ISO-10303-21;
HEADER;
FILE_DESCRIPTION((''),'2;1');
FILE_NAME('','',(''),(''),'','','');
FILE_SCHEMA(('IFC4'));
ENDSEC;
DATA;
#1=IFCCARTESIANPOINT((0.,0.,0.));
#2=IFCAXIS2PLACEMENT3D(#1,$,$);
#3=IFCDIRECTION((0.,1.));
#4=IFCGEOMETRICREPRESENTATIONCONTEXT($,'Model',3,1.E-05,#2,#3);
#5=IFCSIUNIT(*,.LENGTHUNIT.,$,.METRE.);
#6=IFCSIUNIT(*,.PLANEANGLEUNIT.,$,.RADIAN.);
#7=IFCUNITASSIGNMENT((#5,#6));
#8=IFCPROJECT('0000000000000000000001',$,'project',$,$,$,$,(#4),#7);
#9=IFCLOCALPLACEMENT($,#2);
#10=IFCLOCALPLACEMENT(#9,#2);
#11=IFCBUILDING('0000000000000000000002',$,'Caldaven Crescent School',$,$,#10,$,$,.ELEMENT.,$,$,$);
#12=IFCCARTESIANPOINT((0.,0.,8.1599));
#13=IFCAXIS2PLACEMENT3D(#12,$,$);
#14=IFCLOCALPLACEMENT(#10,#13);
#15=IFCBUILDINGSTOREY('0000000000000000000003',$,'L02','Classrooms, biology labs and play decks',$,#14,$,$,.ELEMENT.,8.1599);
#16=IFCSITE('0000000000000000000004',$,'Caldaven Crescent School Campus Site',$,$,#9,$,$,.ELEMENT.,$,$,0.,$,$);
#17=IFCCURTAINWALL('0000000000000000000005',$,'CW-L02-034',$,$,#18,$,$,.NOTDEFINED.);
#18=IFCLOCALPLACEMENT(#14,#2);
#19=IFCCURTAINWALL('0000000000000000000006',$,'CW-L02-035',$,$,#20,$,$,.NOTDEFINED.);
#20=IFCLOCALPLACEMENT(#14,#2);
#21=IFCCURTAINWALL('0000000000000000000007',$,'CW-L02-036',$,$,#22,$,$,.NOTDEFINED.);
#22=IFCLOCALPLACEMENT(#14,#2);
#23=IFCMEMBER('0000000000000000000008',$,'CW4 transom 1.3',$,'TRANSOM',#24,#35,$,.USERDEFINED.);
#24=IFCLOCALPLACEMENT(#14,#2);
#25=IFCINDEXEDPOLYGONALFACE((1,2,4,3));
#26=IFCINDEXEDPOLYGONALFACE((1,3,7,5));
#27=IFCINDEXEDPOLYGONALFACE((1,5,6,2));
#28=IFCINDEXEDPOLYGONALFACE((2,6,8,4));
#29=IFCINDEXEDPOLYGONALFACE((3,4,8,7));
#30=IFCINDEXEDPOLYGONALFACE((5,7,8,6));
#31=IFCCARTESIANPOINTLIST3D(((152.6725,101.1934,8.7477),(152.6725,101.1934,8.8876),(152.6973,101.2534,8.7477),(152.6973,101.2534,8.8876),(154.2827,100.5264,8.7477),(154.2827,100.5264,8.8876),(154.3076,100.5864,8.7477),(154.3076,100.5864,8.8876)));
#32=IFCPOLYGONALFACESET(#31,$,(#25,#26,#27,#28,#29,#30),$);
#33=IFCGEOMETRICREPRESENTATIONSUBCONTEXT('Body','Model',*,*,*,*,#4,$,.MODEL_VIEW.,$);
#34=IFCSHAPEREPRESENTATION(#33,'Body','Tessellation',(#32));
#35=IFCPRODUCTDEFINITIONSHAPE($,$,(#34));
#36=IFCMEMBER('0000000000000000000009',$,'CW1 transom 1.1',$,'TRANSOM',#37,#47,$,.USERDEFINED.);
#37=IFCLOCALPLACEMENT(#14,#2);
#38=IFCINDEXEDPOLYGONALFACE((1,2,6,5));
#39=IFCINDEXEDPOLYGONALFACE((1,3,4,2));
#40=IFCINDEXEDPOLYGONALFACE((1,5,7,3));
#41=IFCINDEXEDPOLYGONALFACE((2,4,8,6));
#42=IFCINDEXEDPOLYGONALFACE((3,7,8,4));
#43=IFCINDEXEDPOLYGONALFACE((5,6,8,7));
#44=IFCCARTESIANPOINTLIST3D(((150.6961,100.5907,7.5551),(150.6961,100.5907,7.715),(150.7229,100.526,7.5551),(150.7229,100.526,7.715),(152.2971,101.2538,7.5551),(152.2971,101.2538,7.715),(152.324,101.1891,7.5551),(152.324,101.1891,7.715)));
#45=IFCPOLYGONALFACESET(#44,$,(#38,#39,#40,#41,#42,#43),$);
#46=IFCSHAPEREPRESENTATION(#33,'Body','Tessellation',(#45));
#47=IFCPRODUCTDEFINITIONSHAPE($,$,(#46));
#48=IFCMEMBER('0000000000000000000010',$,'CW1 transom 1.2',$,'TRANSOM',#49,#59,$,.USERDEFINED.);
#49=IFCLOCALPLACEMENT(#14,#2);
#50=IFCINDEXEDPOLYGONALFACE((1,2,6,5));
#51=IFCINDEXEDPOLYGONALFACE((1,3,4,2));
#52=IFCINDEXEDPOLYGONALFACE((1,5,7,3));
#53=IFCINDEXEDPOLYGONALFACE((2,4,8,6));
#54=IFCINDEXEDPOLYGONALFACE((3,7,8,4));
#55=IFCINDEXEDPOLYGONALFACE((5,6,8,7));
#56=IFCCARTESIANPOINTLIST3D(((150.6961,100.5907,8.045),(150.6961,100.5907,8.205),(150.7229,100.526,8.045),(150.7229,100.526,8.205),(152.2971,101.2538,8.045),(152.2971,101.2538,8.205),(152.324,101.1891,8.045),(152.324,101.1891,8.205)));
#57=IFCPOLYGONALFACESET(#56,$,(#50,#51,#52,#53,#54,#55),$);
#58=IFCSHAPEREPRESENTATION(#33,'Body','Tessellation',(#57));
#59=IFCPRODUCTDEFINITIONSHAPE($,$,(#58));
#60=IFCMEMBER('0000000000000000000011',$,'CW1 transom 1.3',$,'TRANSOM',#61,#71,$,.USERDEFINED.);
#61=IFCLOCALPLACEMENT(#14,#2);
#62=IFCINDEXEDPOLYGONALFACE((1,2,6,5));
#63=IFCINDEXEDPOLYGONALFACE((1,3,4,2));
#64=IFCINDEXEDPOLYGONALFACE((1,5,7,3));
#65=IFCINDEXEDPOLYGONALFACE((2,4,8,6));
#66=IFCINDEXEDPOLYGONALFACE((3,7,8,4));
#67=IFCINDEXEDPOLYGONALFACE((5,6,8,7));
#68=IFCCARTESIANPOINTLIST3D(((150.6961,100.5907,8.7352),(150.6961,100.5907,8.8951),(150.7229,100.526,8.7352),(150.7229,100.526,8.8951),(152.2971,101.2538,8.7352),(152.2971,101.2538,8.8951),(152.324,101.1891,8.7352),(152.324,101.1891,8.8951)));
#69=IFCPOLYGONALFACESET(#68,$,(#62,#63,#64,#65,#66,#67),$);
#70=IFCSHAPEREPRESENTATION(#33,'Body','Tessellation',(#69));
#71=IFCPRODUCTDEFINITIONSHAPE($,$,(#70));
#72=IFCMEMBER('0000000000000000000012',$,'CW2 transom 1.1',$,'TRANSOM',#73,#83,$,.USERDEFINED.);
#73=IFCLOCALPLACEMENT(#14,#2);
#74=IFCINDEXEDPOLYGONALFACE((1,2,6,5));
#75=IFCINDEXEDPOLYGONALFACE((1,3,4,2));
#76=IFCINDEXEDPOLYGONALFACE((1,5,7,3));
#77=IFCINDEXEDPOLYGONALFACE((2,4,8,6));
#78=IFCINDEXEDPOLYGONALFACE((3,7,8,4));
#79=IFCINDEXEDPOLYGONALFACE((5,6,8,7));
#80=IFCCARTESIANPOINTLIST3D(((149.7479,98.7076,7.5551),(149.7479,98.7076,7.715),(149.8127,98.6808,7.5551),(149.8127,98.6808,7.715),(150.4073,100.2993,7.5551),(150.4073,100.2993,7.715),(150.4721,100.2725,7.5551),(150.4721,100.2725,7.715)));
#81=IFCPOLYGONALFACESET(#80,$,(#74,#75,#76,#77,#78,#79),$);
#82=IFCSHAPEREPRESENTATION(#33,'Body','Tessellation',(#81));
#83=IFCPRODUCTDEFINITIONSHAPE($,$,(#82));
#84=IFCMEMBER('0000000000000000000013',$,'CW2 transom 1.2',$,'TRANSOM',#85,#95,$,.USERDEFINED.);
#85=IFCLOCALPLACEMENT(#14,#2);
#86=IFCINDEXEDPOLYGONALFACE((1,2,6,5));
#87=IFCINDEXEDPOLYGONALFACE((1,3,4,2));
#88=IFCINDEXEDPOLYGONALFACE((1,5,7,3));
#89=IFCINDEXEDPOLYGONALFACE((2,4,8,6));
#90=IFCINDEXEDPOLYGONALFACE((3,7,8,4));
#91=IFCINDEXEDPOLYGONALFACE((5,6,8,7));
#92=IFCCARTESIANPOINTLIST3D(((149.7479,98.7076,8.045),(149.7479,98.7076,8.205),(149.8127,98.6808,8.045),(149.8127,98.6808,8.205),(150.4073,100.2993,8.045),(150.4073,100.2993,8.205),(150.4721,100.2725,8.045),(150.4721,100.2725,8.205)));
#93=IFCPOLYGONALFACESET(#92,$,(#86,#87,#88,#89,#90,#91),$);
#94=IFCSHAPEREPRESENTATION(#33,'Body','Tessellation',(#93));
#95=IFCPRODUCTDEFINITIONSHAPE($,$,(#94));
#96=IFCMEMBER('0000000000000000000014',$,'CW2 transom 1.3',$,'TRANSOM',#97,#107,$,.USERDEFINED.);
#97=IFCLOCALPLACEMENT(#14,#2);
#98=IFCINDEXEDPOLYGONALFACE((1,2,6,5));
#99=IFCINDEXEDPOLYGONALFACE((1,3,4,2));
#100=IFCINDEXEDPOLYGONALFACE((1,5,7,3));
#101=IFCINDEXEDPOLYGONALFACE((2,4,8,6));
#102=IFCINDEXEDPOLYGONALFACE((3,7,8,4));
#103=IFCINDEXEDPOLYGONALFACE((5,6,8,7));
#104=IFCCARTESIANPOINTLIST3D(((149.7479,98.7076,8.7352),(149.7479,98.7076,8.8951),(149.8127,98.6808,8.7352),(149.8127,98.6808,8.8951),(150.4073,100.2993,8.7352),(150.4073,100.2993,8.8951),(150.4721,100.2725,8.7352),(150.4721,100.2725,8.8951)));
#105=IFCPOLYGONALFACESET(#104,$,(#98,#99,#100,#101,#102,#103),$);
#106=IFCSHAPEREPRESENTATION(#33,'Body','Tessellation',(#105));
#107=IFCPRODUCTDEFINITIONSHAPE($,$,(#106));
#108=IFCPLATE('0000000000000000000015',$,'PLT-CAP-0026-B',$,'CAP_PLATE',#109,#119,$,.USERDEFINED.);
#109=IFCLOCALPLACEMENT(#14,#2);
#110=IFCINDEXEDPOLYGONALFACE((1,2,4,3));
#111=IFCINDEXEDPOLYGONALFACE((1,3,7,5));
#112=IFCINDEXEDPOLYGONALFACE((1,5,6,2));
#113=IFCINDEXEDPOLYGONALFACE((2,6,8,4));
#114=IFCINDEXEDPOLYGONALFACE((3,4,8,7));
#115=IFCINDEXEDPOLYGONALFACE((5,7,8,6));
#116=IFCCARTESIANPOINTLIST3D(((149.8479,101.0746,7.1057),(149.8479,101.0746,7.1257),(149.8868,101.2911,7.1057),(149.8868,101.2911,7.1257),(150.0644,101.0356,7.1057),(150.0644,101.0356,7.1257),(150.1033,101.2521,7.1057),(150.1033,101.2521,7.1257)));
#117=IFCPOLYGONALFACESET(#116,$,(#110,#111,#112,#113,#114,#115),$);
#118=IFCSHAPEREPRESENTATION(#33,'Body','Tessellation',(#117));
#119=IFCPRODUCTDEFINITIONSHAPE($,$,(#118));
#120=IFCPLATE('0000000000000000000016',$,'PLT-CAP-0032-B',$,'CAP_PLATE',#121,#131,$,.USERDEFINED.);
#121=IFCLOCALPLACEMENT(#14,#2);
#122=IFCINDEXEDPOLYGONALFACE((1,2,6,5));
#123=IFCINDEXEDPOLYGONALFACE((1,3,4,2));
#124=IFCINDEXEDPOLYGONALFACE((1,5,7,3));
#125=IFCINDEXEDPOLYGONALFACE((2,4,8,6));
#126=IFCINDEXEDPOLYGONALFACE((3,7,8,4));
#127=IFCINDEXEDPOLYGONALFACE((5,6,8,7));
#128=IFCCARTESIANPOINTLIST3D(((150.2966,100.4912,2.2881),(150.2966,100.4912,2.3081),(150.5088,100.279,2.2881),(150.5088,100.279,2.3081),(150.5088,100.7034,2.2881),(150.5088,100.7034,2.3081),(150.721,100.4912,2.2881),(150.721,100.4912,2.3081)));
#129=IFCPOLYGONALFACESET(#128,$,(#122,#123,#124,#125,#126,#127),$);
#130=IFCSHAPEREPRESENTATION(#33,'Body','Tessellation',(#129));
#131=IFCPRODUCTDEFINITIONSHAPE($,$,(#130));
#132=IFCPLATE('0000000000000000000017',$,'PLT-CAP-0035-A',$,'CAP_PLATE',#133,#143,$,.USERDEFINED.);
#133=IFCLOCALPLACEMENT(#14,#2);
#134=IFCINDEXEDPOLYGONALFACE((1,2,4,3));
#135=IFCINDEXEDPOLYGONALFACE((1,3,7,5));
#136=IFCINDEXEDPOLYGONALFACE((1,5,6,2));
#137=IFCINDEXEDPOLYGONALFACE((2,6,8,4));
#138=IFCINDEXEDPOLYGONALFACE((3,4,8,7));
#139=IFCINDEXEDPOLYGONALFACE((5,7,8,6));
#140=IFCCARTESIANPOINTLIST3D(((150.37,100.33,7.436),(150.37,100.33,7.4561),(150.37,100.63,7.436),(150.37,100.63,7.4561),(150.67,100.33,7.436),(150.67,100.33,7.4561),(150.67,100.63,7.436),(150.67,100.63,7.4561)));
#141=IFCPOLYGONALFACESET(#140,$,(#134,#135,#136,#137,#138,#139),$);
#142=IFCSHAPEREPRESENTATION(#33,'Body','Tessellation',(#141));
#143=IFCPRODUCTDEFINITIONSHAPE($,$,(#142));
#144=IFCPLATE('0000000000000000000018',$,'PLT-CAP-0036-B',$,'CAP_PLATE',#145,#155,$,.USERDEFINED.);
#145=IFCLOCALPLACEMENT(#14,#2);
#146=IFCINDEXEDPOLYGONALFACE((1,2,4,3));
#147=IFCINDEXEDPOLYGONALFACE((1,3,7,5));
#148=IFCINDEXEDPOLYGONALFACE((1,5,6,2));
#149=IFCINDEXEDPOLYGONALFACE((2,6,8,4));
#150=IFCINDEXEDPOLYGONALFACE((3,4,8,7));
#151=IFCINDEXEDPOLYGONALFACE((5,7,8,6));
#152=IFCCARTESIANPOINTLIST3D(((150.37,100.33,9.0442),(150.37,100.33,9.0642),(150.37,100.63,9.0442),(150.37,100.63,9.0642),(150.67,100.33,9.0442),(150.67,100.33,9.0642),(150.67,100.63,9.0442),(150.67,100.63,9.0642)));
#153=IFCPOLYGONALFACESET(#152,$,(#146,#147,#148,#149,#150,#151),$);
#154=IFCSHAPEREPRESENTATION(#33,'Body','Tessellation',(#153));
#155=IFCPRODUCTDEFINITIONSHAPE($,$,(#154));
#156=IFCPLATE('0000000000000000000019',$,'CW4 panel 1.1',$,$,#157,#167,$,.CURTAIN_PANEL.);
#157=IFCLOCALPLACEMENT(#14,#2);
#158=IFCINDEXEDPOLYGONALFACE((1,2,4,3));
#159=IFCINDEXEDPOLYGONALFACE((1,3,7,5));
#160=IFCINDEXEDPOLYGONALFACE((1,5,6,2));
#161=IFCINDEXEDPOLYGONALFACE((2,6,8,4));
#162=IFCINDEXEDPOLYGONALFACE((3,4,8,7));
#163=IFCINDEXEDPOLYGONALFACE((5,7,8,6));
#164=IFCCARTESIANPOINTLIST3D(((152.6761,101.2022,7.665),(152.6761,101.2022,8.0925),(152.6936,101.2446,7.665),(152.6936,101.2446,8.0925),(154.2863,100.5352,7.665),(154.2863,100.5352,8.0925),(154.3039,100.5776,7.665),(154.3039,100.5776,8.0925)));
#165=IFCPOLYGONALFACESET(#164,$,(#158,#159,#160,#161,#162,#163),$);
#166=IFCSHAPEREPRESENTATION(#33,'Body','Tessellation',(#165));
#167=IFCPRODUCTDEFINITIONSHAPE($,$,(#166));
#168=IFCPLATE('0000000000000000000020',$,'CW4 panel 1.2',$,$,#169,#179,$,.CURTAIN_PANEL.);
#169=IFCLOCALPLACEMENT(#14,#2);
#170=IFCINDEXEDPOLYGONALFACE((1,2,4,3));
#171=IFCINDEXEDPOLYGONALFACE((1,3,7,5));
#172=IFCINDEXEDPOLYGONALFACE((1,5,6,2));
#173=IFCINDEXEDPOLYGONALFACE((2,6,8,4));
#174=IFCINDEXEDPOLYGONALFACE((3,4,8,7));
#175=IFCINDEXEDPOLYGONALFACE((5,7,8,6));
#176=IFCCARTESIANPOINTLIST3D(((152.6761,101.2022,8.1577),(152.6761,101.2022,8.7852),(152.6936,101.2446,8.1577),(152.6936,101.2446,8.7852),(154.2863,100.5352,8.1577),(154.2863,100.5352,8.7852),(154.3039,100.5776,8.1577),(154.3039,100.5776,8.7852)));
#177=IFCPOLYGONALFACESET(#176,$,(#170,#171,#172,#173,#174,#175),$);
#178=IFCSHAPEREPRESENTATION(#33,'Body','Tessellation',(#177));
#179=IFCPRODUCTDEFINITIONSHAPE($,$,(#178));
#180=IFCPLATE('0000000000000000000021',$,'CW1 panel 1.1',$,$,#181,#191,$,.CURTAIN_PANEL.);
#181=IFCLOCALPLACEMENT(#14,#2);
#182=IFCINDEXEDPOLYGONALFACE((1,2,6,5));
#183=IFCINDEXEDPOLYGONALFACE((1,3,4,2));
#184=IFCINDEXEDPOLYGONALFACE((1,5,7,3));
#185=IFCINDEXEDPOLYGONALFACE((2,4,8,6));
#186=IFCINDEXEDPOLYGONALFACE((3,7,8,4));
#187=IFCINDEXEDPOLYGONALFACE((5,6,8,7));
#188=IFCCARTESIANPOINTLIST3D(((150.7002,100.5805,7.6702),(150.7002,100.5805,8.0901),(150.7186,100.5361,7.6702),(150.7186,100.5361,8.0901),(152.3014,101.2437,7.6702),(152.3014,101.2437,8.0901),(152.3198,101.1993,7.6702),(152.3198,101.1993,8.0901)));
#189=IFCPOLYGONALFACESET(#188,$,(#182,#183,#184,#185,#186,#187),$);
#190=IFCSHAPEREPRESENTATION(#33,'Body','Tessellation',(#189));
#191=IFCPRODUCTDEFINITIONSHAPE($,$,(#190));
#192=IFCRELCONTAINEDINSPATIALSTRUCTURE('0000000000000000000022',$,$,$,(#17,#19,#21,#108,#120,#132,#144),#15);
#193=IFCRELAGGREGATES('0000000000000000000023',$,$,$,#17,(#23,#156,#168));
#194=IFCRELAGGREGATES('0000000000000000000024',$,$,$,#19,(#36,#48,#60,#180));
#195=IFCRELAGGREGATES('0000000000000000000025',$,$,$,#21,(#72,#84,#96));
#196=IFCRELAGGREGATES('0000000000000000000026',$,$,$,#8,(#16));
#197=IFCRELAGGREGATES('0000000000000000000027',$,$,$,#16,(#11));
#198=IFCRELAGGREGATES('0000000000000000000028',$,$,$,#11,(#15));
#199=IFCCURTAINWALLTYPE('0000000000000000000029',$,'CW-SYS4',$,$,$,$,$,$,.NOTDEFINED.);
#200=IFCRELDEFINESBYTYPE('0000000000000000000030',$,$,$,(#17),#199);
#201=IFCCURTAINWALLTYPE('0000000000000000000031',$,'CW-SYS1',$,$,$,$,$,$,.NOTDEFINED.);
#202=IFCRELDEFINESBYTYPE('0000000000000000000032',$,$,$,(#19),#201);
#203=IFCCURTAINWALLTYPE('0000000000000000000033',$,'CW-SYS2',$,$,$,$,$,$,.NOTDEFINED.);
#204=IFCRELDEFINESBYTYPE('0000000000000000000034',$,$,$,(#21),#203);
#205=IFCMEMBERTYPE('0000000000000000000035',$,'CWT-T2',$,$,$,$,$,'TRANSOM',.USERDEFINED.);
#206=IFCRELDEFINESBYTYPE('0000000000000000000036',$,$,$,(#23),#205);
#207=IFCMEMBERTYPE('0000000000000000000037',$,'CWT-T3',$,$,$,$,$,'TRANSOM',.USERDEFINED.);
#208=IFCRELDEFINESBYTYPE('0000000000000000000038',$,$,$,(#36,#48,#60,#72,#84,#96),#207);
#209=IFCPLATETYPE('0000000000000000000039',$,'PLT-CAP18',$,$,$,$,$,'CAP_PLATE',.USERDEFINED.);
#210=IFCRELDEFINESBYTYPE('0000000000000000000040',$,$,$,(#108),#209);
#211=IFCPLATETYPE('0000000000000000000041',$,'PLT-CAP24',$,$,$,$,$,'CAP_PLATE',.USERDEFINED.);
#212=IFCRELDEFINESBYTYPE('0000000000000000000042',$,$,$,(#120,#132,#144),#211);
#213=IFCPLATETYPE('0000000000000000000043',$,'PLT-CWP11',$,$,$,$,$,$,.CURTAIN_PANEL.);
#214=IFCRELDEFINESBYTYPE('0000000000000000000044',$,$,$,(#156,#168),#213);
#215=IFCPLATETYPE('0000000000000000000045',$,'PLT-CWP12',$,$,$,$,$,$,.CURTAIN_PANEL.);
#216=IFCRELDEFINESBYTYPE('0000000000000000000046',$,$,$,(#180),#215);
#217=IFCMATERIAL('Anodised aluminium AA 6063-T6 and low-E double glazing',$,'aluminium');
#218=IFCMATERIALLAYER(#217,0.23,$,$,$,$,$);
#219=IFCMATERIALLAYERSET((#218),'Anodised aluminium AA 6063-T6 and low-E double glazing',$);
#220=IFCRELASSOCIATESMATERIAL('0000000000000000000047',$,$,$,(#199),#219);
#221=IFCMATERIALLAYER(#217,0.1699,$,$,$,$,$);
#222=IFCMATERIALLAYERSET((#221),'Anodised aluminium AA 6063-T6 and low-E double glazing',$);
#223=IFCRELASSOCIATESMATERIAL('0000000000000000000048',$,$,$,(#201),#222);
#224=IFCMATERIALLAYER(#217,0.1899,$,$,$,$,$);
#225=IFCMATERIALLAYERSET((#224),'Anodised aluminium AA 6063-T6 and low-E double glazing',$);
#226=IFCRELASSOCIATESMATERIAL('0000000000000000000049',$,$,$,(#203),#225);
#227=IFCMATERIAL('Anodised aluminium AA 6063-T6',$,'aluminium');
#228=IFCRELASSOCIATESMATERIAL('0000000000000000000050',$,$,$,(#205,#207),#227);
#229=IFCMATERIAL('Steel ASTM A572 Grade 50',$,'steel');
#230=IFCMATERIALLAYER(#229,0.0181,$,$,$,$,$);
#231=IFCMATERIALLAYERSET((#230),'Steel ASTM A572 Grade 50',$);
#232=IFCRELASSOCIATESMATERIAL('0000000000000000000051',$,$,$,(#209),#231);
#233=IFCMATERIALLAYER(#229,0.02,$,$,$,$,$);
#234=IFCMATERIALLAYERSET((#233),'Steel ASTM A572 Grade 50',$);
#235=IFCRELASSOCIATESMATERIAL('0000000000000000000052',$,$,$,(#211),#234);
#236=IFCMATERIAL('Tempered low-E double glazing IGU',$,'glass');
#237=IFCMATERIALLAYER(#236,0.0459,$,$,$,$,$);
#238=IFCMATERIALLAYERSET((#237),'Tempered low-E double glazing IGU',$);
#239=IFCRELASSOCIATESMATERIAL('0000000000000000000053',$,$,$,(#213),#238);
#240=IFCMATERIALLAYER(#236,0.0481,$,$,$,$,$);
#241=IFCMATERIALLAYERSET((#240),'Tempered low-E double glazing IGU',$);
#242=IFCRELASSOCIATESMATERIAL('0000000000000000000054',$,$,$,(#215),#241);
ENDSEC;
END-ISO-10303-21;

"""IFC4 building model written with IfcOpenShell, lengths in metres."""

from ifc_helpers import new_model, si_unit, direction, frame, origin, origin_2d, place, context, subcontext, project, spatial, rectangle, extrude, material, layer, layer_set, material_profile, profile_set, type_object, element, aggregate, save


model = new_model("IFC4")

# Units and contexts
model_context = context("Model", 3, precision=1e-05, world=origin(), true_north=direction((0.0, 1.0)))
body_context = subcontext(model_context, "Body", "Model", "MODEL_VIEW")
ifc_project = project(units=[si_unit("LENGTHUNIT", "METRE"), si_unit("PLANEANGLEUNIT", "RADIAN")], contexts=[model_context])

# Site, building, storey
site_placement = place(None, origin())
site = spatial("IfcSite", under=ifc_project, at=site_placement, Name="Caldaven Crescent School Campus Site", CompositionType="ELEMENT", RefElevation=0.0)
building_placement = place(site_placement, origin())
building = spatial("IfcBuilding", under=site, at=building_placement, Name="Caldaven Crescent School", CompositionType="ELEMENT")
storey_placement = place(building_placement, frame((0.0, 0.0, 8.1599)))
storey = spatial("IfcBuildingStorey", under=building, at=storey_placement, Name="L02", Description="Classrooms, biology labs and play decks", CompositionType="ELEMENT", Elevation=8.1599)

# Shared definitions
ifc_material_1 = material(Name="Steel ASTM A572 Grade 50", Category="steel")

# Curtain wall
ifc_material_2 = material(Name="Anodised aluminium AA 6063-T6 and low-E double glazing", Category="aluminium")
ifc_layer_1 = layer(ifc_material_2, 0.23)
ifc_layer_set_1 = layer_set([ifc_layer_1], Name="Anodised aluminium AA 6063-T6 and low-E double glazing")
curtain_wall_type_1 = type_object("IfcCurtainWallType", Name="CW-SYS4", PredefinedType="NOTDEFINED", material=ifc_layer_set_1)
curtain_wall_1_placement = place(storey_placement, origin())
curtain_wall_1 = element("IfcCurtainWall", 1, at=curtain_wall_1_placement, inside=storey, type_object=curtain_wall_type_1, Name="CW-L02-034", PredefinedType="NOTDEFINED")
ifc_material_3 = material(Name="Anodised aluminium AA 6063-T6", Category="aluminium")

# Curtain walls
ifc_layer_2 = layer(ifc_material_2, 0.1699)
ifc_layer_set_2 = layer_set([ifc_layer_2], Name="Anodised aluminium AA 6063-T6 and low-E double glazing")
curtain_wall_type_2 = type_object("IfcCurtainWallType", Name="CW-SYS1", PredefinedType="NOTDEFINED", material=ifc_layer_set_2)
curtain_wall_2_placement = place(storey_placement, origin())
curtain_wall_2 = element("IfcCurtainWall", 2, at=curtain_wall_2_placement, inside=storey, type_object=curtain_wall_type_2, Name="CW-L02-035", PredefinedType="NOTDEFINED")
ifc_layer_3 = layer(ifc_material_2, 0.1899)
ifc_layer_set_3 = layer_set([ifc_layer_3], Name="Anodised aluminium AA 6063-T6 and low-E double glazing")
curtain_wall_type_3 = type_object("IfcCurtainWallType", Name="CW-SYS2", PredefinedType="NOTDEFINED", material=ifc_layer_set_3)
curtain_wall_3_placement = place(storey_placement, origin())
curtain_wall_3 = element("IfcCurtainWall", 3, at=curtain_wall_3_placement, inside=storey, type_object=curtain_wall_type_3, Name="CW-L02-036", PredefinedType="NOTDEFINED")

# Members
ifc_material_profile_1 = material_profile(ifc_material_3, rectangle(XDim=0.0649, YDim=0.1399, at=origin_2d()), Name="CWT 65x140")
ifc_profile_set_1 = profile_set([ifc_material_profile_1], Name="Anodised aluminium AA 6063-T6")
member_type_1 = type_object("IfcMemberType", Name="CWT-T2", ElementType="TRANSOM", PredefinedType="USERDEFINED", material=ifc_profile_set_1)
member_1_placement = place(storey_placement, frame((154.2952, 100.5564, 8.8176), z_axis=(-0.923887, 0.382665, 0.0), x_axis=(-0.382665, -0.923887, 0.0)))
member_1 = element("IfcMember", 4, at=member_1_placement, type_object=member_type_1, Name="CW4 transom 1.3", ObjectType="TRANSOM", PredefinedType="USERDEFINED", context=body_context, shape_type="SweptSolid", body=[
    extrude(rectangle(XDim=0.0649, YDim=0.1399, at=origin_2d()), origin(), (0.0, 0.0, 1.0), 1.7429),
])
ifc_material_profile_2 = material_profile(ifc_material_3, rectangle(XDim=0.0701, YDim=0.1599, at=origin_2d()), Name="CWT 70x160")
ifc_profile_set_2 = profile_set([ifc_material_profile_2], Name="Anodised aluminium AA 6063-T6")
member_type_2 = type_object("IfcMemberType", Name="CWT-T3", ElementType="TRANSOM", PredefinedType="USERDEFINED", material=ifc_profile_set_2)
member_2_placement = place(storey_placement, frame((152.3105, 101.2214, 7.635), z_axis=(-0.9239, -0.382634, 0.0), x_axis=(0.382634, -0.9239, 0.0)))
member_2 = element("IfcMember", 5, at=member_2_placement, type_object=member_type_2, Name="CW1 transom 1.1", ObjectType="TRANSOM", PredefinedType="USERDEFINED", context=body_context, shape_type="SweptSolid", body=[
    extrude(rectangle(XDim=0.0701, YDim=0.1599, at=origin_2d()), origin(), (0.0, 0.0, 1.0), 1.7329),
])
member_3_placement = place(storey_placement, frame((152.3105, 101.2214, 8.125), z_axis=(-0.9239, -0.382634, 0.0), x_axis=(0.382634, -0.9239, 0.0)))
member_3 = element("IfcMember", 6, at=member_3_placement, type_object=member_type_2, Name="CW1 transom 1.2", ObjectType="TRANSOM", PredefinedType="USERDEFINED", context=body_context, shape_type="SweptSolid", body=[
    extrude(rectangle(XDim=0.0701, YDim=0.1599, at=origin_2d()), origin(), (0.0, 0.0, 1.0), 1.7329),
])
member_4_placement = place(storey_placement, frame((152.3105, 101.2214, 8.8152), z_axis=(-0.9239, -0.382634, 0.0), x_axis=(0.382634, -0.9239, 0.0)))
member_4 = element("IfcMember", 7, at=member_4_placement, type_object=member_type_2, Name="CW1 transom 1.3", ObjectType="TRANSOM", PredefinedType="USERDEFINED", context=body_context, shape_type="SweptSolid", body=[
    extrude(rectangle(XDim=0.0701, YDim=0.1599, at=origin_2d()), origin(), (0.0, 0.0, 1.0), 1.7329),
])
member_5_placement = place(storey_placement, frame((150.4397, 100.2859, 7.635), z_axis=(-0.382723, -0.923863, 0.0), x_axis=(0.923863, -0.382723, 0.0)))
member_5 = element("IfcMember", 8, at=member_5_placement, type_object=member_type_2, Name="CW2 transom 1.1", ObjectType="TRANSOM", PredefinedType="USERDEFINED", context=body_context, shape_type="SweptSolid", body=[
    extrude(rectangle(XDim=0.0701, YDim=0.1599, at=origin_2d()), origin(), (0.0, 0.0, 1.0), 1.7229),
])
member_6_placement = place(storey_placement, frame((150.4397, 100.2859, 8.125), z_axis=(-0.382723, -0.923863, 0.0), x_axis=(0.923863, -0.382723, 0.0)))
member_6 = element("IfcMember", 9, at=member_6_placement, type_object=member_type_2, Name="CW2 transom 1.2", ObjectType="TRANSOM", PredefinedType="USERDEFINED", context=body_context, shape_type="SweptSolid", body=[
    extrude(rectangle(XDim=0.0701, YDim=0.1599, at=origin_2d()), origin(), (0.0, 0.0, 1.0), 1.7229),
])
member_7_placement = place(storey_placement, frame((150.4397, 100.2859, 8.8152), z_axis=(-0.382723, -0.923863, 0.0), x_axis=(0.923863, -0.382723, 0.0)))
member_7 = element("IfcMember", 10, at=member_7_placement, type_object=member_type_2, Name="CW2 transom 1.3", ObjectType="TRANSOM", PredefinedType="USERDEFINED", context=body_context, shape_type="SweptSolid", body=[
    extrude(rectangle(XDim=0.0701, YDim=0.1599, at=origin_2d()), origin(), (0.0, 0.0, 1.0), 1.7229),
])

# Plates
ifc_layer_4 = layer(ifc_material_1, 0.0181)
ifc_layer_set_4 = layer_set([ifc_layer_4], Name="Steel ASTM A572 Grade 50")
plate_type_1 = type_object("IfcPlateType", Name="PLT-CAP18", ElementType="CAP_PLATE", PredefinedType="USERDEFINED", material=ifc_layer_set_4)
plate_1_placement = place(storey_placement, frame((149.9756, 101.1633, 7.1057), z_axis=(0.0, 0.0, 1.0), x_axis=(-0.177085, -0.984196, 0.0)))
element("IfcPlate", 11, at=plate_1_placement, inside=storey, type_object=plate_type_1, Name="PLT-CAP-0026-B", ObjectType="CAP_PLATE", PredefinedType="USERDEFINED", context=body_context, shape_type="SweptSolid", body=[
    extrude(rectangle(XDim=0.22, YDim=0.22, at=origin_2d()), origin(), (0.0, 0.0, 1.0), 0.02),
])
ifc_layer_5 = layer(ifc_material_1, 0.02)
ifc_layer_set_5 = layer_set([ifc_layer_5], Name="Steel ASTM A572 Grade 50")
plate_type_2 = type_object("IfcPlateType", Name="PLT-CAP24", ElementType="CAP_PLATE", PredefinedType="USERDEFINED", material=ifc_layer_set_5)
for number, where, z_axis, x_axis, name in (
    (12, (150.5088, 100.4912, 2.2881), (0.0, 0.0, 1.0), (0.707107, -0.707107, 0.0), "PLT-CAP-0032-B"),
    (13, (150.52, 100.48, 7.436), (0.0, 0.0, 1.0), (1.0, 0.0, 0.0), "PLT-CAP-0035-A"),
    (14, (150.52, 100.48, 9.0442), (0.0, 0.0, 1.0), (1.0, 0.0, 0.0), "PLT-CAP-0036-B"),
):
    element("IfcPlate", number, at=place(storey_placement, frame(where, z_axis=z_axis, x_axis=x_axis)), inside=storey, type_object=plate_type_2, Name=name, ObjectType="CAP_PLATE", PredefinedType="USERDEFINED", context=body_context, shape_type="SweptSolid", body=[
        extrude(rectangle(XDim=0.3, YDim=0.3, at=origin_2d()), origin(), (0.0, 0.0, 1.0), 0.02),
    ])

# Plates
ifc_material_4 = material(Name="Tempered low-E double glazing IGU", Category="glass")
ifc_layer_6 = layer(ifc_material_4, 0.0459)
ifc_layer_set_6 = layer_set([ifc_layer_6], Name="Tempered low-E double glazing IGU")
plate_type_3 = type_object("IfcPlateType", Name="PLT-CWP11", PredefinedType="CURTAIN_PANEL", material=ifc_layer_set_6)
plate_2_placement = place(storey_placement, frame((153.49, 100.8899, 7.665), z_axis=(0.0, 0.0, 1.0), x_axis=(-0.92388, 0.382682, 0.0)))
plate_2 = element("IfcPlate", 15, at=plate_2_placement, type_object=plate_type_3, Name="CW4 panel 1.1", PredefinedType="CURTAIN_PANEL", context=body_context, shape_type="SweptSolid", body=[
    extrude(rectangle(XDim=1.7429, YDim=0.0459, at=origin_2d()), origin(), (0.0, 0.0, 1.0), 0.4275),
])
plate_3_placement = place(storey_placement, frame((153.49, 100.8899, 8.1577), z_axis=(0.0, 0.0, 1.0), x_axis=(-0.92388, 0.382682, 0.0)))
plate_3 = element("IfcPlate", 16, at=plate_3_placement, type_object=plate_type_3, Name="CW4 panel 1.2", PredefinedType="CURTAIN_PANEL", context=body_context, shape_type="SweptSolid", body=[
    extrude(rectangle(XDim=1.7429, YDim=0.0459, at=origin_2d()), origin(), (0.0, 0.0, 1.0), 0.6274),
])
aggregate(curtain_wall_1, [member_1, plate_2, plate_3])
ifc_layer_7 = layer(ifc_material_4, 0.0481)
ifc_layer_set_7 = layer_set([ifc_layer_7], Name="Tempered low-E double glazing IGU")
plate_type_4 = type_object("IfcPlateType", Name="PLT-CWP12", PredefinedType="CURTAIN_PANEL", material=ifc_layer_set_7)
plate_4_placement = place(storey_placement, frame((151.51, 100.8899, 7.6702), z_axis=(0.0, 0.0, 1.0), x_axis=(-0.92388, -0.382682, 0.0)))
plate_4 = element("IfcPlate", 17, at=plate_4_placement, type_object=plate_type_4, Name="CW1 panel 1.1", PredefinedType="CURTAIN_PANEL", context=body_context, shape_type="SweptSolid", body=[
    extrude(rectangle(XDim=1.7332, YDim=0.0481, at=origin_2d()), origin(), (0.0, 0.0, 1.0), 0.4199),
])
aggregate(curtain_wall_2, [member_2, member_3, member_4, plate_4])
aggregate(curtain_wall_3, [member_5, member_6, member_7])

save(model, "model.ifc")
